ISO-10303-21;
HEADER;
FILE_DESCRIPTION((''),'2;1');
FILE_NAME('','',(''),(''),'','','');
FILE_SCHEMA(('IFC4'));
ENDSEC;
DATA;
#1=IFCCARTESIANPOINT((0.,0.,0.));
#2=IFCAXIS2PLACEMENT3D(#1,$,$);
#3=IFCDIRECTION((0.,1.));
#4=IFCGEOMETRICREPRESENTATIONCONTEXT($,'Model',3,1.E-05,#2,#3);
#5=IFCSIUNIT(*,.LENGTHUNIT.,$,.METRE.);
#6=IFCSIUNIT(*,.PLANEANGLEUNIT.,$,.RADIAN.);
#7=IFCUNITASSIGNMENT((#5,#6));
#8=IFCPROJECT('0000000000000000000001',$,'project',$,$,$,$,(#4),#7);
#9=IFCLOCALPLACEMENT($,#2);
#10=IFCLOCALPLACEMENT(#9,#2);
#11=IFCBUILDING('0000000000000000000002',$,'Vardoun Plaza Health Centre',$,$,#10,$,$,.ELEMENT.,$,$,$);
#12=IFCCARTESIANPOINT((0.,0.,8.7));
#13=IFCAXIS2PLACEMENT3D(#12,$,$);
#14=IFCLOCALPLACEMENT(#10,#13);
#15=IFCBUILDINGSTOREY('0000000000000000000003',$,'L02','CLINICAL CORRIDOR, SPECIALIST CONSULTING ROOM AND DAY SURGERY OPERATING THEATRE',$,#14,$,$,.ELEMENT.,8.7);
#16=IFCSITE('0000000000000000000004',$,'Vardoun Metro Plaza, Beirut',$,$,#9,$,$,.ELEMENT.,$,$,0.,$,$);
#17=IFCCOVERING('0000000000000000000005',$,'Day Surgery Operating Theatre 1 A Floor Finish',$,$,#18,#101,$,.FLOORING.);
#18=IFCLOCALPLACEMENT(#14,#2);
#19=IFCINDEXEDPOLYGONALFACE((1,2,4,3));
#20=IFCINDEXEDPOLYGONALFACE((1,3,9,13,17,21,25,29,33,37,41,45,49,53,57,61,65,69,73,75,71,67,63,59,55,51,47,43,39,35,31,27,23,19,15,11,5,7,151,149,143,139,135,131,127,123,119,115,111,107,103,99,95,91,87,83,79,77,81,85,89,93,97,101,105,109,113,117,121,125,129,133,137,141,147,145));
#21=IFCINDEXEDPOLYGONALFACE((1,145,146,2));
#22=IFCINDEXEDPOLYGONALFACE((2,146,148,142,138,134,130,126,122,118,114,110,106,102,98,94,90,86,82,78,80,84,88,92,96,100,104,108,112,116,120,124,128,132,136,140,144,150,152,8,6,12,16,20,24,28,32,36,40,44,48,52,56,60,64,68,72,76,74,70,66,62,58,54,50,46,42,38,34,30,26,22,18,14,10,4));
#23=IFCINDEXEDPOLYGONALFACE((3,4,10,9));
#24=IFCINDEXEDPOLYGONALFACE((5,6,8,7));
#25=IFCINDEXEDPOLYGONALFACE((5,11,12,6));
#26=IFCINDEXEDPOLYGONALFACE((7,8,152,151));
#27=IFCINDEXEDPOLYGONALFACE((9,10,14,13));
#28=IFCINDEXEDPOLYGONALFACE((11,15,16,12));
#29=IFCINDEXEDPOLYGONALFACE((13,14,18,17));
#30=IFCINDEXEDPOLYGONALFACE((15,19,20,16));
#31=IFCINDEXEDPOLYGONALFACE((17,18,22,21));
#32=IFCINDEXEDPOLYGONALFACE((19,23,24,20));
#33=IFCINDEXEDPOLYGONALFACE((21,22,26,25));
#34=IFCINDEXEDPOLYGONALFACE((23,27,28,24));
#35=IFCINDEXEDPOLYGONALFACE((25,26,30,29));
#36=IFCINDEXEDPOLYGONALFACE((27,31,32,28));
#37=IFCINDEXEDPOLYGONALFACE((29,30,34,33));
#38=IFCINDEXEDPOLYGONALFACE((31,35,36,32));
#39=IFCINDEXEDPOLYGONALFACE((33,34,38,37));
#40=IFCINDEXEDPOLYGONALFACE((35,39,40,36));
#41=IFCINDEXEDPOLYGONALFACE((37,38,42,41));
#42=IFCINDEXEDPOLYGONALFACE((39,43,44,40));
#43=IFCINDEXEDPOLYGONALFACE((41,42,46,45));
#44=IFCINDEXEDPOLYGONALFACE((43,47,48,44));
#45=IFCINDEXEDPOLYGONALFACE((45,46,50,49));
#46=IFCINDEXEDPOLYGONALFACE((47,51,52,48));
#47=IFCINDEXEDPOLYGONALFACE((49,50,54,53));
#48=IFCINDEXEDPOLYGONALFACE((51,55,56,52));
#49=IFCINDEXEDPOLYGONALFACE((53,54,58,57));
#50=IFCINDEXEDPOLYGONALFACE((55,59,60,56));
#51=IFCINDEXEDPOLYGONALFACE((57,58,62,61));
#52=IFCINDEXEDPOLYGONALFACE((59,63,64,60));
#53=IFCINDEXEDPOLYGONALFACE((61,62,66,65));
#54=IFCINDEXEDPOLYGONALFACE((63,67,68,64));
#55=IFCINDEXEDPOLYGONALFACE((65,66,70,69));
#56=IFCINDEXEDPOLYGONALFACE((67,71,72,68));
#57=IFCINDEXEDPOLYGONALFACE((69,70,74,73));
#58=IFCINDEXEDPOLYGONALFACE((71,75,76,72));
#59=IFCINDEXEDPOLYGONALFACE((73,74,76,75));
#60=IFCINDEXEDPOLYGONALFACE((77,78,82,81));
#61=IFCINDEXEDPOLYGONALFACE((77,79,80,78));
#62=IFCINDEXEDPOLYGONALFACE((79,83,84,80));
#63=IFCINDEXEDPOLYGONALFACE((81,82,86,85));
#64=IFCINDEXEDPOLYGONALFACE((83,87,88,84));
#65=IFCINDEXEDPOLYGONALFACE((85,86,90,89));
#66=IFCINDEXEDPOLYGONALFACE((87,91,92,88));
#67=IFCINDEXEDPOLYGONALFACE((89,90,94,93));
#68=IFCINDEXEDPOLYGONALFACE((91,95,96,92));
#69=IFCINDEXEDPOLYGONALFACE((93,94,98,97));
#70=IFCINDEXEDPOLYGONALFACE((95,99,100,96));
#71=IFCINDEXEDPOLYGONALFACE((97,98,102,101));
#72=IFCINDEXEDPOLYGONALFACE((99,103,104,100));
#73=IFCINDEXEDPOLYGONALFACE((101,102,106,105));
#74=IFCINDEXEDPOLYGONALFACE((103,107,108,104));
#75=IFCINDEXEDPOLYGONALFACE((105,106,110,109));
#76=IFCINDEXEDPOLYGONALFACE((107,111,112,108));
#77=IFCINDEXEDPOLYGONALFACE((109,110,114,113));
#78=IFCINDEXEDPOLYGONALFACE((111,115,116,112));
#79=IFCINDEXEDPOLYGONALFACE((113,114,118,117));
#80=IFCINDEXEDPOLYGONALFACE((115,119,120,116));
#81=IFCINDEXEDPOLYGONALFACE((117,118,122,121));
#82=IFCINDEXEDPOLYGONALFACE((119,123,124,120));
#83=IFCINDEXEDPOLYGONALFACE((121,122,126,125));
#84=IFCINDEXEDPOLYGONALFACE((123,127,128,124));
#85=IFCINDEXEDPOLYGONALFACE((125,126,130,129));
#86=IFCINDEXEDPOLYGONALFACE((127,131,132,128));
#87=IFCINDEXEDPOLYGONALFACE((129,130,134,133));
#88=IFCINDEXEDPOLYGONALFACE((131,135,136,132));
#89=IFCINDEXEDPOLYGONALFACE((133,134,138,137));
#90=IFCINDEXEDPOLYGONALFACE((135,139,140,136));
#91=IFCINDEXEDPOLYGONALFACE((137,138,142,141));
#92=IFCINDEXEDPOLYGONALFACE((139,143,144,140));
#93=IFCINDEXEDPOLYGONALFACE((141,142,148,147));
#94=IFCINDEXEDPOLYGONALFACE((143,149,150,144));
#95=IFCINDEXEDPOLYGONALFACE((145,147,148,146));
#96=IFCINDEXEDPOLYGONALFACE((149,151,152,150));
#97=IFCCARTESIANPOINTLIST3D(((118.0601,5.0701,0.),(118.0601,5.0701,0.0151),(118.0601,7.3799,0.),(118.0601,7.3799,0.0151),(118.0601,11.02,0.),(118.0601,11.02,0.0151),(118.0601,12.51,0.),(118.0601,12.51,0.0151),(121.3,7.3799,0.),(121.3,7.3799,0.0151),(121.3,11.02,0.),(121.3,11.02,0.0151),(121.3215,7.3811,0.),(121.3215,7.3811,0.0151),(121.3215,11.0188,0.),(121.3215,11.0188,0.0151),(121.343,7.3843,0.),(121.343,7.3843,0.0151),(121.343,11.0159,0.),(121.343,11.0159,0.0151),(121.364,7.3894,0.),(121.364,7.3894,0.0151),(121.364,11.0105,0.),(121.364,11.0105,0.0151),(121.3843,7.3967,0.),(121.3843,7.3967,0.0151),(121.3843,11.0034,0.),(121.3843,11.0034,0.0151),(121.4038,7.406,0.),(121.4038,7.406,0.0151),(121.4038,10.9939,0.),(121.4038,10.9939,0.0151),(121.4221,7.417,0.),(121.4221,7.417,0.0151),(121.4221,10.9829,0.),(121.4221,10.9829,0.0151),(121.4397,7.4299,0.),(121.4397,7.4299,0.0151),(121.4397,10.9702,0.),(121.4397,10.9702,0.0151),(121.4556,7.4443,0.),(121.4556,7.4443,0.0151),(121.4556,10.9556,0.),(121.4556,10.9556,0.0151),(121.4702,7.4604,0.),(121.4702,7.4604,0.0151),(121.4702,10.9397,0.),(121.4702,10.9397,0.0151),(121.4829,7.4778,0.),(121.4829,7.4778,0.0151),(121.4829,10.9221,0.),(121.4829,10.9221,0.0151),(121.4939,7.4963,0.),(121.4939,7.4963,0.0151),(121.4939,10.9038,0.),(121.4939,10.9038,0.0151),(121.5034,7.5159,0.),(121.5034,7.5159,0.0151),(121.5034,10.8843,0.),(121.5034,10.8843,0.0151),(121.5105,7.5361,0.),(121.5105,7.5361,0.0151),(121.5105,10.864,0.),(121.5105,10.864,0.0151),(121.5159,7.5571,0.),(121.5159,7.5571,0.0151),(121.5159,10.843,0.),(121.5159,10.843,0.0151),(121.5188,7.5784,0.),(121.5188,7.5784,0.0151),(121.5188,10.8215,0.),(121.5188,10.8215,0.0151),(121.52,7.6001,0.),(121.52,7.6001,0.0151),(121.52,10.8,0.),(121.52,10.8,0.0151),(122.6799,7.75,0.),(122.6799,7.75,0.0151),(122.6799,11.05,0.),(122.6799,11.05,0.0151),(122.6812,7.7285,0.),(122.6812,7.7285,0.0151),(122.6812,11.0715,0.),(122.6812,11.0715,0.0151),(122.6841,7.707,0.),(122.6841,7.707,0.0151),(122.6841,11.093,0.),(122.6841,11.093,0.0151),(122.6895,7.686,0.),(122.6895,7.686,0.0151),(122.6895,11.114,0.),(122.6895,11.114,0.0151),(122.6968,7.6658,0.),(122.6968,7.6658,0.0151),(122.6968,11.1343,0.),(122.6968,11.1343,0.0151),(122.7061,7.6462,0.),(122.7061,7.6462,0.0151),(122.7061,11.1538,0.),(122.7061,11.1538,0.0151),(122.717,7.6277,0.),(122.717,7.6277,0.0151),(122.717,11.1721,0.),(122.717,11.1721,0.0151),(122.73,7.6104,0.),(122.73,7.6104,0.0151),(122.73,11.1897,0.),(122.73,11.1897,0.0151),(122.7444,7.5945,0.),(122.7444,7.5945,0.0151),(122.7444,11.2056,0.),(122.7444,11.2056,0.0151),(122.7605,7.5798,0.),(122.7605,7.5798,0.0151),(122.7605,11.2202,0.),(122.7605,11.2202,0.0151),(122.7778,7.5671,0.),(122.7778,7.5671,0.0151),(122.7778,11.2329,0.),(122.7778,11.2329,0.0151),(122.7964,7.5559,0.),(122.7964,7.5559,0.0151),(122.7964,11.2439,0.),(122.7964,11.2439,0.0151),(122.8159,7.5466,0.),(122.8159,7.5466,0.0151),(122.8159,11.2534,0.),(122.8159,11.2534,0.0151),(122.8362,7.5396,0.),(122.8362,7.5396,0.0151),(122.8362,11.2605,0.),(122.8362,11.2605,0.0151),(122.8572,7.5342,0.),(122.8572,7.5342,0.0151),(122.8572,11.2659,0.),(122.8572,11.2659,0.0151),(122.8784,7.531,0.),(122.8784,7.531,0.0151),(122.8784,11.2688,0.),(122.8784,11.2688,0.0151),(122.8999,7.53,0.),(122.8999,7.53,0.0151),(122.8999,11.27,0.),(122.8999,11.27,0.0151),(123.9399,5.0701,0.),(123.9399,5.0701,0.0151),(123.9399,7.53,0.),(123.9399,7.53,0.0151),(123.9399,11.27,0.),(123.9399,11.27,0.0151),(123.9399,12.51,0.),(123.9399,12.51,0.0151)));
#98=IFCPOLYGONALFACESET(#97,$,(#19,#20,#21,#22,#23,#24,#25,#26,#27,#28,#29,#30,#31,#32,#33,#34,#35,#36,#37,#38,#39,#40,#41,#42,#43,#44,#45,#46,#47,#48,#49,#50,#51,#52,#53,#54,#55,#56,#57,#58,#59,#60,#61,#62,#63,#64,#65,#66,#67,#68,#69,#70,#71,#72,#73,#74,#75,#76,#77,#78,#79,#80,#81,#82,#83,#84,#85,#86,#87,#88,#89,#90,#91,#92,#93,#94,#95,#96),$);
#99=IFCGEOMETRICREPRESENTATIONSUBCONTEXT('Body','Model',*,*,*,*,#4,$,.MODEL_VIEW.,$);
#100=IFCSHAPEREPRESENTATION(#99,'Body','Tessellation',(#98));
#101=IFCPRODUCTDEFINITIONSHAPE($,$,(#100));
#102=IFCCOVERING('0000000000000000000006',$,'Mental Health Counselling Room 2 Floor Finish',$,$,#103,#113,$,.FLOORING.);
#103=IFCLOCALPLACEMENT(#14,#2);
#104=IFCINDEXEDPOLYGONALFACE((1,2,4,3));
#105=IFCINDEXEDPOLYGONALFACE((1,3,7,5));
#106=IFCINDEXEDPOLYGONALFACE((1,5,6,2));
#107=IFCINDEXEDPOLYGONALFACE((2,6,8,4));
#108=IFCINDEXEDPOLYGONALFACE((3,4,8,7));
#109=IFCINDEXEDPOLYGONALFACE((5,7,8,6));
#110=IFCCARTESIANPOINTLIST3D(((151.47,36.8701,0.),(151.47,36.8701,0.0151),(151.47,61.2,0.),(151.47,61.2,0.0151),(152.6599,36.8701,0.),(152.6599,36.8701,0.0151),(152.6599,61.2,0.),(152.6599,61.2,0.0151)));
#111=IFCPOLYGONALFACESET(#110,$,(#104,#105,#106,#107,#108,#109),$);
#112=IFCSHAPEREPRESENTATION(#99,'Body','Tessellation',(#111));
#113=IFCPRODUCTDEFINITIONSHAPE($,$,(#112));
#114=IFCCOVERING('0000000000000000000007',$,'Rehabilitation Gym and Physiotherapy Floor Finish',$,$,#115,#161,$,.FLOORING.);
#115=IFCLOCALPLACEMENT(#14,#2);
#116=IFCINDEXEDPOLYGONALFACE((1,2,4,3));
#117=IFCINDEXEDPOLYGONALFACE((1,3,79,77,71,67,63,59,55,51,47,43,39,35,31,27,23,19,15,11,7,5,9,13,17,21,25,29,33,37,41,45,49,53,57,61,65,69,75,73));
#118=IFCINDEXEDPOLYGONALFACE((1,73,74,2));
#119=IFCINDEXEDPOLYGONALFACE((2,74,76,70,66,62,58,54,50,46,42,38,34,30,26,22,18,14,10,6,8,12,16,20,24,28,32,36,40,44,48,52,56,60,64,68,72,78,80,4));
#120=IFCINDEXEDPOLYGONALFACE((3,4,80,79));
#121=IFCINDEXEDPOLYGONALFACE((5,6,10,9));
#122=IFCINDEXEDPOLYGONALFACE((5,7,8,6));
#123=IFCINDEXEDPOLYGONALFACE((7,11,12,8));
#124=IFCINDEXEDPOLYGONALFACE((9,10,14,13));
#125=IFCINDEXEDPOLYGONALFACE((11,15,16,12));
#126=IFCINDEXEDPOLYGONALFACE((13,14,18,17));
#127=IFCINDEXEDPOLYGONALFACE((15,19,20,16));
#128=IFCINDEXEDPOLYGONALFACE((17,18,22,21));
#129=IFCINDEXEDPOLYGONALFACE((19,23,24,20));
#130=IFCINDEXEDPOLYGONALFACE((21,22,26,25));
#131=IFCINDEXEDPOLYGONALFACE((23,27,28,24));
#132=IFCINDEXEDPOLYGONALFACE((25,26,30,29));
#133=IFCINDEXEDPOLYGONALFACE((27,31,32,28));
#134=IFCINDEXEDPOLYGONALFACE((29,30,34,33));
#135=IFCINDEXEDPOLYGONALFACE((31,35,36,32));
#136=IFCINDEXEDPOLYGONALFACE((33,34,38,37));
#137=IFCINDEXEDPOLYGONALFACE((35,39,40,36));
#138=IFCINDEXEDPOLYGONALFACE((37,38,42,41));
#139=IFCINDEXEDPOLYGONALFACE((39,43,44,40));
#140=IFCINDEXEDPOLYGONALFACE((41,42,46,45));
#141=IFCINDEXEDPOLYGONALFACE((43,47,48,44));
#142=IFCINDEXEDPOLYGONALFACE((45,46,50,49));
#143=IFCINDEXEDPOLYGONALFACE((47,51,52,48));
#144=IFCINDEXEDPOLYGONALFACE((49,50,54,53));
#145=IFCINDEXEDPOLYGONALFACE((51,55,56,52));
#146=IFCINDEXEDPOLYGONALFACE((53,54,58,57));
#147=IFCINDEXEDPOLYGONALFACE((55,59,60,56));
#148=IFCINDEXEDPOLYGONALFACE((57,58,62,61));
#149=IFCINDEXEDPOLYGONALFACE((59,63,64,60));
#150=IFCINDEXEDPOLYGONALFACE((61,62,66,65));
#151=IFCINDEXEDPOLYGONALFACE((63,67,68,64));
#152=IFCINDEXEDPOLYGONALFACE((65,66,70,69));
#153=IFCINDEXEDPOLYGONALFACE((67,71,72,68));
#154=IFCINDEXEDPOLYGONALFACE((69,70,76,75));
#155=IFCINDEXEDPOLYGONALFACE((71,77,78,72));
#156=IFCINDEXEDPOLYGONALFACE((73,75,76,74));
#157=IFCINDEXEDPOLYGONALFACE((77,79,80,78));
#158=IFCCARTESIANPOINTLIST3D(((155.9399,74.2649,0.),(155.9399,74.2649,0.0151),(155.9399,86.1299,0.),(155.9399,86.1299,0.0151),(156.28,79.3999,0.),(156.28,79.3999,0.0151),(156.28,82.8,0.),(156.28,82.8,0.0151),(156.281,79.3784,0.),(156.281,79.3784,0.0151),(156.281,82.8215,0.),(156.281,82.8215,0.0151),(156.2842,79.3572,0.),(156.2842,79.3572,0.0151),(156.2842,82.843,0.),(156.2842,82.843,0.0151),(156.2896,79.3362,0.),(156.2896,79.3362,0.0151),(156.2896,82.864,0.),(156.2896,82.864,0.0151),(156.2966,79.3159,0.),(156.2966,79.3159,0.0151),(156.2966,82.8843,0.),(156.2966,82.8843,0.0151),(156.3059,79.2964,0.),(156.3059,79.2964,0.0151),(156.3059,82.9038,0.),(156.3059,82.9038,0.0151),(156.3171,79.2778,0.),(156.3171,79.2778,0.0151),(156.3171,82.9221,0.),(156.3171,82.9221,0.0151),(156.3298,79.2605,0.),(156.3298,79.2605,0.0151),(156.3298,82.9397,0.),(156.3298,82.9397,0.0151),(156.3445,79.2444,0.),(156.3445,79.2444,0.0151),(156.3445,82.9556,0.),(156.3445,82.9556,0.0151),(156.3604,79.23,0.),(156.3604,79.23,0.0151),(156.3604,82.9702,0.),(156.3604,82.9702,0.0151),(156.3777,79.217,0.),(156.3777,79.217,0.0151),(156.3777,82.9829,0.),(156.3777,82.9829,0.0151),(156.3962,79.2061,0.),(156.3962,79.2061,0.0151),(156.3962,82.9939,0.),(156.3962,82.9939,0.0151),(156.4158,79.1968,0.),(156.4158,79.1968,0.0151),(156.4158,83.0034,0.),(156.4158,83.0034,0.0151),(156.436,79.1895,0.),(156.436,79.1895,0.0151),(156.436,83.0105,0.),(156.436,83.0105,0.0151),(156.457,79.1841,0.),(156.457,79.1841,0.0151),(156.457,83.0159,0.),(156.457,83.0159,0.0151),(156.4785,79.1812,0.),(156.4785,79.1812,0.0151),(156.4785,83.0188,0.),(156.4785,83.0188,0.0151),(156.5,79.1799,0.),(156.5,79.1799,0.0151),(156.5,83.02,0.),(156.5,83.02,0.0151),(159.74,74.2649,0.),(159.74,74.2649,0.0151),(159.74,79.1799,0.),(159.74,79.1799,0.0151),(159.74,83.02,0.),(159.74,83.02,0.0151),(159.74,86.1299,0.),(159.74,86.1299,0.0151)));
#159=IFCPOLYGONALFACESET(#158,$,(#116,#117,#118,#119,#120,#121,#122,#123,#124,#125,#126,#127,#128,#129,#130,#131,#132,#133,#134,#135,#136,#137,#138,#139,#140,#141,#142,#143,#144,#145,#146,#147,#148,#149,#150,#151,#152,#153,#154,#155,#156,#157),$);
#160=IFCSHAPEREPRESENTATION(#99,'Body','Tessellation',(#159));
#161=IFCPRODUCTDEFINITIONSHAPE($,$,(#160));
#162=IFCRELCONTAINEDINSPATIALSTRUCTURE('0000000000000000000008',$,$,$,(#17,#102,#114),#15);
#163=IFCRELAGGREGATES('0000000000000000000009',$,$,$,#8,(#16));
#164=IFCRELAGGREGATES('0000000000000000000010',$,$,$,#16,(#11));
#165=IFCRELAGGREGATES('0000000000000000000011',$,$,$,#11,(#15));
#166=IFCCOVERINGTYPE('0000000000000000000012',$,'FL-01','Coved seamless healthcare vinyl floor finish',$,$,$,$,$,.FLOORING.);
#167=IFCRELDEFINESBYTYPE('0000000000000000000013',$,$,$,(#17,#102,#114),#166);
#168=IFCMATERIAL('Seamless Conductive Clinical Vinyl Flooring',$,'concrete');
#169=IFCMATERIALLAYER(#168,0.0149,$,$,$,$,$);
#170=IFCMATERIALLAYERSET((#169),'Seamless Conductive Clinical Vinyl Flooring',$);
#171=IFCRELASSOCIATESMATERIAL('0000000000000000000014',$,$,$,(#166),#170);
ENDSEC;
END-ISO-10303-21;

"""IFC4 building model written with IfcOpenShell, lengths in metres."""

from ifc_helpers import new_model, si_unit, direction, frame, origin, place, context, subcontext, project, spatial, polyline, outline, extrude, material, layer, layer_set, type_object, element, save


model = new_model("IFC4")

# Units and contexts
model_context = context("Model", 3, precision=1e-05, world=origin(), true_north=direction((0.0, 1.0)))
body_context = subcontext(model_context, "Body", "Model", "MODEL_VIEW")
ifc_project = project(units=[si_unit("LENGTHUNIT", "METRE"), si_unit("PLANEANGLEUNIT", "RADIAN")], contexts=[model_context])

# Site, building, storey
site_placement = place(None, origin())
site = spatial("IfcSite", under=ifc_project, at=site_placement, Name="Vardoun Metro Plaza, Beirut", CompositionType="ELEMENT", RefElevation=0.0)
building_placement = place(site_placement, origin())
building = spatial("IfcBuilding", under=site, at=building_placement, Name="Vardoun Plaza Health Centre", CompositionType="ELEMENT")
storey_placement = place(building_placement, frame((0.0, 0.0, 8.7)))
storey = spatial("IfcBuildingStorey", under=building, at=storey_placement, Name="L02", Description="CLINICAL CORRIDOR, SPECIALIST CONSULTING ROOM AND DAY SURGERY OPERATING THEATRE", CompositionType="ELEMENT", Elevation=8.7)

# Coverings
ifc_material_1 = material(Name="Seamless Conductive Clinical Vinyl Flooring", Category="concrete")
ifc_layer_1 = layer(ifc_material_1, 0.0149)
ifc_layer_set_1 = layer_set([ifc_layer_1], Name="Seamless Conductive Clinical Vinyl Flooring")
covering_type_1 = type_object("IfcCoveringType", Name="FL-01", Description="Coved seamless healthcare vinyl floor finish", PredefinedType="FLOORING", material=ifc_layer_set_1)
covering_1_placement = place(storey_placement, origin())
element("IfcCovering", 1, at=covering_1_placement, inside=storey, type_object=covering_type_1, Name="Day Surgery Operating Theatre 1 A Floor Finish", PredefinedType="FLOORING", context=body_context, shape_type="SweptSolid", body=[
    extrude(outline(polyline([(118.0601, 7.3799), (121.3, 7.3799), (121.3215, 7.3811), (121.343, 7.3843), (121.364, 7.3894), (121.3843, 7.3967), (121.4038, 7.406), (121.4221, 7.417), (121.4397, 7.4299), (121.4556, 7.4443), (121.4702, 7.4604), (121.4829, 7.4778), (121.4939, 7.4963), (121.5034, 7.5159), (121.5105, 7.5361), (121.5159, 7.5571), (121.5188, 7.5784), (121.52, 7.6001), (121.52, 10.8), (121.5188, 10.8215), (121.5159, 10.843), (121.5105, 10.864), (121.5034, 10.8843), (121.4939, 10.9038), (121.4829, 10.9221), (121.4702, 10.9397), (121.4556, 10.9556), (121.4397, 10.9702), (121.4221, 10.9829), (121.4038, 10.9939), (121.3843, 11.0034), (121.364, 11.0105), (121.343, 11.0159), (121.3215, 11.0188), (121.3, 11.02), (118.0601, 11.02), (118.0601, 12.51), (123.9399, 12.51), (123.9399, 11.27), (122.8999, 11.27), (122.8784, 11.2688), (122.8572, 11.2659), (122.8362, 11.2605), (122.8159, 11.2534), (122.7964, 11.2439), (122.7778, 11.2329), (122.7605, 11.2202), (122.7444, 11.2056), (122.73, 11.1897), (122.717, 11.1721), (122.7061, 11.1538), (122.6968, 11.1343), (122.6895, 11.114), (122.6841, 11.093), (122.6812, 11.0715), (122.6799, 11.05), (122.6799, 7.75), (122.6812, 7.7285), (122.6841, 7.707), (122.6895, 7.686), (122.6968, 7.6658), (122.7061, 7.6462), (122.717, 7.6277), (122.73, 7.6104), (122.7444, 7.5945), (122.7605, 7.5798), (122.7778, 7.5671), (122.7964, 7.5559), (122.8159, 7.5466), (122.8362, 7.5396), (122.8572, 7.5342), (122.8784, 7.531), (122.8999, 7.53), (123.9399, 7.53), (123.9399, 5.0701), (118.0601, 5.0701), (118.0601, 7.3799)])), origin(), (0.0, 0.0, 1.0), 0.0151),
])
covering_2_placement = place(storey_placement, origin())
element("IfcCovering", 2, at=covering_2_placement, inside=storey, type_object=covering_type_1, Name="Mental Health Counselling Room 2 Floor Finish", PredefinedType="FLOORING", context=body_context, shape_type="SweptSolid", body=[
    extrude(outline(polyline([(152.6599, 36.8701), (151.47, 36.8701), (151.47, 61.2), (152.6599, 61.2), (152.6599, 36.8701)])), origin(), (0.0, 0.0, 1.0), 0.0151),
])
covering_3_placement = place(storey_placement, origin())
element("IfcCovering", 3, at=covering_3_placement, inside=storey, type_object=covering_type_1, Name="Rehabilitation Gym and Physiotherapy Floor Finish", PredefinedType="FLOORING", context=body_context, shape_type="SweptSolid", body=[
    extrude(outline(polyline([(159.74, 86.1299), (159.74, 83.02), (156.5, 83.02), (156.4785, 83.0188), (156.457, 83.0159), (156.436, 83.0105), (156.4158, 83.0034), (156.3962, 82.9939), (156.3777, 82.9829), (156.3604, 82.9702), (156.3445, 82.9556), (156.3298, 82.9397), (156.3171, 82.9221), (156.3059, 82.9038), (156.2966, 82.8843), (156.2896, 82.864), (156.2842, 82.843), (156.281, 82.8215), (156.28, 82.8), (156.28, 79.3999), (156.281, 79.3784), (156.2842, 79.3572), (156.2896, 79.3362), (156.2966, 79.3159), (156.3059, 79.2964), (156.3171, 79.2778), (156.3298, 79.2605), (156.3445, 79.2444), (156.3604, 79.23), (156.3777, 79.217), (156.3962, 79.2061), (156.4158, 79.1968), (156.436, 79.1895), (156.457, 79.1841), (156.4785, 79.1812), (156.5, 79.1799), (159.74, 79.1799), (159.74, 74.2649), (155.9399, 74.2649), (155.9399, 86.1299), (159.74, 86.1299)])), origin(), (0.0, 0.0, 1.0), 0.0151),
])

save(model, "model.ifc")
